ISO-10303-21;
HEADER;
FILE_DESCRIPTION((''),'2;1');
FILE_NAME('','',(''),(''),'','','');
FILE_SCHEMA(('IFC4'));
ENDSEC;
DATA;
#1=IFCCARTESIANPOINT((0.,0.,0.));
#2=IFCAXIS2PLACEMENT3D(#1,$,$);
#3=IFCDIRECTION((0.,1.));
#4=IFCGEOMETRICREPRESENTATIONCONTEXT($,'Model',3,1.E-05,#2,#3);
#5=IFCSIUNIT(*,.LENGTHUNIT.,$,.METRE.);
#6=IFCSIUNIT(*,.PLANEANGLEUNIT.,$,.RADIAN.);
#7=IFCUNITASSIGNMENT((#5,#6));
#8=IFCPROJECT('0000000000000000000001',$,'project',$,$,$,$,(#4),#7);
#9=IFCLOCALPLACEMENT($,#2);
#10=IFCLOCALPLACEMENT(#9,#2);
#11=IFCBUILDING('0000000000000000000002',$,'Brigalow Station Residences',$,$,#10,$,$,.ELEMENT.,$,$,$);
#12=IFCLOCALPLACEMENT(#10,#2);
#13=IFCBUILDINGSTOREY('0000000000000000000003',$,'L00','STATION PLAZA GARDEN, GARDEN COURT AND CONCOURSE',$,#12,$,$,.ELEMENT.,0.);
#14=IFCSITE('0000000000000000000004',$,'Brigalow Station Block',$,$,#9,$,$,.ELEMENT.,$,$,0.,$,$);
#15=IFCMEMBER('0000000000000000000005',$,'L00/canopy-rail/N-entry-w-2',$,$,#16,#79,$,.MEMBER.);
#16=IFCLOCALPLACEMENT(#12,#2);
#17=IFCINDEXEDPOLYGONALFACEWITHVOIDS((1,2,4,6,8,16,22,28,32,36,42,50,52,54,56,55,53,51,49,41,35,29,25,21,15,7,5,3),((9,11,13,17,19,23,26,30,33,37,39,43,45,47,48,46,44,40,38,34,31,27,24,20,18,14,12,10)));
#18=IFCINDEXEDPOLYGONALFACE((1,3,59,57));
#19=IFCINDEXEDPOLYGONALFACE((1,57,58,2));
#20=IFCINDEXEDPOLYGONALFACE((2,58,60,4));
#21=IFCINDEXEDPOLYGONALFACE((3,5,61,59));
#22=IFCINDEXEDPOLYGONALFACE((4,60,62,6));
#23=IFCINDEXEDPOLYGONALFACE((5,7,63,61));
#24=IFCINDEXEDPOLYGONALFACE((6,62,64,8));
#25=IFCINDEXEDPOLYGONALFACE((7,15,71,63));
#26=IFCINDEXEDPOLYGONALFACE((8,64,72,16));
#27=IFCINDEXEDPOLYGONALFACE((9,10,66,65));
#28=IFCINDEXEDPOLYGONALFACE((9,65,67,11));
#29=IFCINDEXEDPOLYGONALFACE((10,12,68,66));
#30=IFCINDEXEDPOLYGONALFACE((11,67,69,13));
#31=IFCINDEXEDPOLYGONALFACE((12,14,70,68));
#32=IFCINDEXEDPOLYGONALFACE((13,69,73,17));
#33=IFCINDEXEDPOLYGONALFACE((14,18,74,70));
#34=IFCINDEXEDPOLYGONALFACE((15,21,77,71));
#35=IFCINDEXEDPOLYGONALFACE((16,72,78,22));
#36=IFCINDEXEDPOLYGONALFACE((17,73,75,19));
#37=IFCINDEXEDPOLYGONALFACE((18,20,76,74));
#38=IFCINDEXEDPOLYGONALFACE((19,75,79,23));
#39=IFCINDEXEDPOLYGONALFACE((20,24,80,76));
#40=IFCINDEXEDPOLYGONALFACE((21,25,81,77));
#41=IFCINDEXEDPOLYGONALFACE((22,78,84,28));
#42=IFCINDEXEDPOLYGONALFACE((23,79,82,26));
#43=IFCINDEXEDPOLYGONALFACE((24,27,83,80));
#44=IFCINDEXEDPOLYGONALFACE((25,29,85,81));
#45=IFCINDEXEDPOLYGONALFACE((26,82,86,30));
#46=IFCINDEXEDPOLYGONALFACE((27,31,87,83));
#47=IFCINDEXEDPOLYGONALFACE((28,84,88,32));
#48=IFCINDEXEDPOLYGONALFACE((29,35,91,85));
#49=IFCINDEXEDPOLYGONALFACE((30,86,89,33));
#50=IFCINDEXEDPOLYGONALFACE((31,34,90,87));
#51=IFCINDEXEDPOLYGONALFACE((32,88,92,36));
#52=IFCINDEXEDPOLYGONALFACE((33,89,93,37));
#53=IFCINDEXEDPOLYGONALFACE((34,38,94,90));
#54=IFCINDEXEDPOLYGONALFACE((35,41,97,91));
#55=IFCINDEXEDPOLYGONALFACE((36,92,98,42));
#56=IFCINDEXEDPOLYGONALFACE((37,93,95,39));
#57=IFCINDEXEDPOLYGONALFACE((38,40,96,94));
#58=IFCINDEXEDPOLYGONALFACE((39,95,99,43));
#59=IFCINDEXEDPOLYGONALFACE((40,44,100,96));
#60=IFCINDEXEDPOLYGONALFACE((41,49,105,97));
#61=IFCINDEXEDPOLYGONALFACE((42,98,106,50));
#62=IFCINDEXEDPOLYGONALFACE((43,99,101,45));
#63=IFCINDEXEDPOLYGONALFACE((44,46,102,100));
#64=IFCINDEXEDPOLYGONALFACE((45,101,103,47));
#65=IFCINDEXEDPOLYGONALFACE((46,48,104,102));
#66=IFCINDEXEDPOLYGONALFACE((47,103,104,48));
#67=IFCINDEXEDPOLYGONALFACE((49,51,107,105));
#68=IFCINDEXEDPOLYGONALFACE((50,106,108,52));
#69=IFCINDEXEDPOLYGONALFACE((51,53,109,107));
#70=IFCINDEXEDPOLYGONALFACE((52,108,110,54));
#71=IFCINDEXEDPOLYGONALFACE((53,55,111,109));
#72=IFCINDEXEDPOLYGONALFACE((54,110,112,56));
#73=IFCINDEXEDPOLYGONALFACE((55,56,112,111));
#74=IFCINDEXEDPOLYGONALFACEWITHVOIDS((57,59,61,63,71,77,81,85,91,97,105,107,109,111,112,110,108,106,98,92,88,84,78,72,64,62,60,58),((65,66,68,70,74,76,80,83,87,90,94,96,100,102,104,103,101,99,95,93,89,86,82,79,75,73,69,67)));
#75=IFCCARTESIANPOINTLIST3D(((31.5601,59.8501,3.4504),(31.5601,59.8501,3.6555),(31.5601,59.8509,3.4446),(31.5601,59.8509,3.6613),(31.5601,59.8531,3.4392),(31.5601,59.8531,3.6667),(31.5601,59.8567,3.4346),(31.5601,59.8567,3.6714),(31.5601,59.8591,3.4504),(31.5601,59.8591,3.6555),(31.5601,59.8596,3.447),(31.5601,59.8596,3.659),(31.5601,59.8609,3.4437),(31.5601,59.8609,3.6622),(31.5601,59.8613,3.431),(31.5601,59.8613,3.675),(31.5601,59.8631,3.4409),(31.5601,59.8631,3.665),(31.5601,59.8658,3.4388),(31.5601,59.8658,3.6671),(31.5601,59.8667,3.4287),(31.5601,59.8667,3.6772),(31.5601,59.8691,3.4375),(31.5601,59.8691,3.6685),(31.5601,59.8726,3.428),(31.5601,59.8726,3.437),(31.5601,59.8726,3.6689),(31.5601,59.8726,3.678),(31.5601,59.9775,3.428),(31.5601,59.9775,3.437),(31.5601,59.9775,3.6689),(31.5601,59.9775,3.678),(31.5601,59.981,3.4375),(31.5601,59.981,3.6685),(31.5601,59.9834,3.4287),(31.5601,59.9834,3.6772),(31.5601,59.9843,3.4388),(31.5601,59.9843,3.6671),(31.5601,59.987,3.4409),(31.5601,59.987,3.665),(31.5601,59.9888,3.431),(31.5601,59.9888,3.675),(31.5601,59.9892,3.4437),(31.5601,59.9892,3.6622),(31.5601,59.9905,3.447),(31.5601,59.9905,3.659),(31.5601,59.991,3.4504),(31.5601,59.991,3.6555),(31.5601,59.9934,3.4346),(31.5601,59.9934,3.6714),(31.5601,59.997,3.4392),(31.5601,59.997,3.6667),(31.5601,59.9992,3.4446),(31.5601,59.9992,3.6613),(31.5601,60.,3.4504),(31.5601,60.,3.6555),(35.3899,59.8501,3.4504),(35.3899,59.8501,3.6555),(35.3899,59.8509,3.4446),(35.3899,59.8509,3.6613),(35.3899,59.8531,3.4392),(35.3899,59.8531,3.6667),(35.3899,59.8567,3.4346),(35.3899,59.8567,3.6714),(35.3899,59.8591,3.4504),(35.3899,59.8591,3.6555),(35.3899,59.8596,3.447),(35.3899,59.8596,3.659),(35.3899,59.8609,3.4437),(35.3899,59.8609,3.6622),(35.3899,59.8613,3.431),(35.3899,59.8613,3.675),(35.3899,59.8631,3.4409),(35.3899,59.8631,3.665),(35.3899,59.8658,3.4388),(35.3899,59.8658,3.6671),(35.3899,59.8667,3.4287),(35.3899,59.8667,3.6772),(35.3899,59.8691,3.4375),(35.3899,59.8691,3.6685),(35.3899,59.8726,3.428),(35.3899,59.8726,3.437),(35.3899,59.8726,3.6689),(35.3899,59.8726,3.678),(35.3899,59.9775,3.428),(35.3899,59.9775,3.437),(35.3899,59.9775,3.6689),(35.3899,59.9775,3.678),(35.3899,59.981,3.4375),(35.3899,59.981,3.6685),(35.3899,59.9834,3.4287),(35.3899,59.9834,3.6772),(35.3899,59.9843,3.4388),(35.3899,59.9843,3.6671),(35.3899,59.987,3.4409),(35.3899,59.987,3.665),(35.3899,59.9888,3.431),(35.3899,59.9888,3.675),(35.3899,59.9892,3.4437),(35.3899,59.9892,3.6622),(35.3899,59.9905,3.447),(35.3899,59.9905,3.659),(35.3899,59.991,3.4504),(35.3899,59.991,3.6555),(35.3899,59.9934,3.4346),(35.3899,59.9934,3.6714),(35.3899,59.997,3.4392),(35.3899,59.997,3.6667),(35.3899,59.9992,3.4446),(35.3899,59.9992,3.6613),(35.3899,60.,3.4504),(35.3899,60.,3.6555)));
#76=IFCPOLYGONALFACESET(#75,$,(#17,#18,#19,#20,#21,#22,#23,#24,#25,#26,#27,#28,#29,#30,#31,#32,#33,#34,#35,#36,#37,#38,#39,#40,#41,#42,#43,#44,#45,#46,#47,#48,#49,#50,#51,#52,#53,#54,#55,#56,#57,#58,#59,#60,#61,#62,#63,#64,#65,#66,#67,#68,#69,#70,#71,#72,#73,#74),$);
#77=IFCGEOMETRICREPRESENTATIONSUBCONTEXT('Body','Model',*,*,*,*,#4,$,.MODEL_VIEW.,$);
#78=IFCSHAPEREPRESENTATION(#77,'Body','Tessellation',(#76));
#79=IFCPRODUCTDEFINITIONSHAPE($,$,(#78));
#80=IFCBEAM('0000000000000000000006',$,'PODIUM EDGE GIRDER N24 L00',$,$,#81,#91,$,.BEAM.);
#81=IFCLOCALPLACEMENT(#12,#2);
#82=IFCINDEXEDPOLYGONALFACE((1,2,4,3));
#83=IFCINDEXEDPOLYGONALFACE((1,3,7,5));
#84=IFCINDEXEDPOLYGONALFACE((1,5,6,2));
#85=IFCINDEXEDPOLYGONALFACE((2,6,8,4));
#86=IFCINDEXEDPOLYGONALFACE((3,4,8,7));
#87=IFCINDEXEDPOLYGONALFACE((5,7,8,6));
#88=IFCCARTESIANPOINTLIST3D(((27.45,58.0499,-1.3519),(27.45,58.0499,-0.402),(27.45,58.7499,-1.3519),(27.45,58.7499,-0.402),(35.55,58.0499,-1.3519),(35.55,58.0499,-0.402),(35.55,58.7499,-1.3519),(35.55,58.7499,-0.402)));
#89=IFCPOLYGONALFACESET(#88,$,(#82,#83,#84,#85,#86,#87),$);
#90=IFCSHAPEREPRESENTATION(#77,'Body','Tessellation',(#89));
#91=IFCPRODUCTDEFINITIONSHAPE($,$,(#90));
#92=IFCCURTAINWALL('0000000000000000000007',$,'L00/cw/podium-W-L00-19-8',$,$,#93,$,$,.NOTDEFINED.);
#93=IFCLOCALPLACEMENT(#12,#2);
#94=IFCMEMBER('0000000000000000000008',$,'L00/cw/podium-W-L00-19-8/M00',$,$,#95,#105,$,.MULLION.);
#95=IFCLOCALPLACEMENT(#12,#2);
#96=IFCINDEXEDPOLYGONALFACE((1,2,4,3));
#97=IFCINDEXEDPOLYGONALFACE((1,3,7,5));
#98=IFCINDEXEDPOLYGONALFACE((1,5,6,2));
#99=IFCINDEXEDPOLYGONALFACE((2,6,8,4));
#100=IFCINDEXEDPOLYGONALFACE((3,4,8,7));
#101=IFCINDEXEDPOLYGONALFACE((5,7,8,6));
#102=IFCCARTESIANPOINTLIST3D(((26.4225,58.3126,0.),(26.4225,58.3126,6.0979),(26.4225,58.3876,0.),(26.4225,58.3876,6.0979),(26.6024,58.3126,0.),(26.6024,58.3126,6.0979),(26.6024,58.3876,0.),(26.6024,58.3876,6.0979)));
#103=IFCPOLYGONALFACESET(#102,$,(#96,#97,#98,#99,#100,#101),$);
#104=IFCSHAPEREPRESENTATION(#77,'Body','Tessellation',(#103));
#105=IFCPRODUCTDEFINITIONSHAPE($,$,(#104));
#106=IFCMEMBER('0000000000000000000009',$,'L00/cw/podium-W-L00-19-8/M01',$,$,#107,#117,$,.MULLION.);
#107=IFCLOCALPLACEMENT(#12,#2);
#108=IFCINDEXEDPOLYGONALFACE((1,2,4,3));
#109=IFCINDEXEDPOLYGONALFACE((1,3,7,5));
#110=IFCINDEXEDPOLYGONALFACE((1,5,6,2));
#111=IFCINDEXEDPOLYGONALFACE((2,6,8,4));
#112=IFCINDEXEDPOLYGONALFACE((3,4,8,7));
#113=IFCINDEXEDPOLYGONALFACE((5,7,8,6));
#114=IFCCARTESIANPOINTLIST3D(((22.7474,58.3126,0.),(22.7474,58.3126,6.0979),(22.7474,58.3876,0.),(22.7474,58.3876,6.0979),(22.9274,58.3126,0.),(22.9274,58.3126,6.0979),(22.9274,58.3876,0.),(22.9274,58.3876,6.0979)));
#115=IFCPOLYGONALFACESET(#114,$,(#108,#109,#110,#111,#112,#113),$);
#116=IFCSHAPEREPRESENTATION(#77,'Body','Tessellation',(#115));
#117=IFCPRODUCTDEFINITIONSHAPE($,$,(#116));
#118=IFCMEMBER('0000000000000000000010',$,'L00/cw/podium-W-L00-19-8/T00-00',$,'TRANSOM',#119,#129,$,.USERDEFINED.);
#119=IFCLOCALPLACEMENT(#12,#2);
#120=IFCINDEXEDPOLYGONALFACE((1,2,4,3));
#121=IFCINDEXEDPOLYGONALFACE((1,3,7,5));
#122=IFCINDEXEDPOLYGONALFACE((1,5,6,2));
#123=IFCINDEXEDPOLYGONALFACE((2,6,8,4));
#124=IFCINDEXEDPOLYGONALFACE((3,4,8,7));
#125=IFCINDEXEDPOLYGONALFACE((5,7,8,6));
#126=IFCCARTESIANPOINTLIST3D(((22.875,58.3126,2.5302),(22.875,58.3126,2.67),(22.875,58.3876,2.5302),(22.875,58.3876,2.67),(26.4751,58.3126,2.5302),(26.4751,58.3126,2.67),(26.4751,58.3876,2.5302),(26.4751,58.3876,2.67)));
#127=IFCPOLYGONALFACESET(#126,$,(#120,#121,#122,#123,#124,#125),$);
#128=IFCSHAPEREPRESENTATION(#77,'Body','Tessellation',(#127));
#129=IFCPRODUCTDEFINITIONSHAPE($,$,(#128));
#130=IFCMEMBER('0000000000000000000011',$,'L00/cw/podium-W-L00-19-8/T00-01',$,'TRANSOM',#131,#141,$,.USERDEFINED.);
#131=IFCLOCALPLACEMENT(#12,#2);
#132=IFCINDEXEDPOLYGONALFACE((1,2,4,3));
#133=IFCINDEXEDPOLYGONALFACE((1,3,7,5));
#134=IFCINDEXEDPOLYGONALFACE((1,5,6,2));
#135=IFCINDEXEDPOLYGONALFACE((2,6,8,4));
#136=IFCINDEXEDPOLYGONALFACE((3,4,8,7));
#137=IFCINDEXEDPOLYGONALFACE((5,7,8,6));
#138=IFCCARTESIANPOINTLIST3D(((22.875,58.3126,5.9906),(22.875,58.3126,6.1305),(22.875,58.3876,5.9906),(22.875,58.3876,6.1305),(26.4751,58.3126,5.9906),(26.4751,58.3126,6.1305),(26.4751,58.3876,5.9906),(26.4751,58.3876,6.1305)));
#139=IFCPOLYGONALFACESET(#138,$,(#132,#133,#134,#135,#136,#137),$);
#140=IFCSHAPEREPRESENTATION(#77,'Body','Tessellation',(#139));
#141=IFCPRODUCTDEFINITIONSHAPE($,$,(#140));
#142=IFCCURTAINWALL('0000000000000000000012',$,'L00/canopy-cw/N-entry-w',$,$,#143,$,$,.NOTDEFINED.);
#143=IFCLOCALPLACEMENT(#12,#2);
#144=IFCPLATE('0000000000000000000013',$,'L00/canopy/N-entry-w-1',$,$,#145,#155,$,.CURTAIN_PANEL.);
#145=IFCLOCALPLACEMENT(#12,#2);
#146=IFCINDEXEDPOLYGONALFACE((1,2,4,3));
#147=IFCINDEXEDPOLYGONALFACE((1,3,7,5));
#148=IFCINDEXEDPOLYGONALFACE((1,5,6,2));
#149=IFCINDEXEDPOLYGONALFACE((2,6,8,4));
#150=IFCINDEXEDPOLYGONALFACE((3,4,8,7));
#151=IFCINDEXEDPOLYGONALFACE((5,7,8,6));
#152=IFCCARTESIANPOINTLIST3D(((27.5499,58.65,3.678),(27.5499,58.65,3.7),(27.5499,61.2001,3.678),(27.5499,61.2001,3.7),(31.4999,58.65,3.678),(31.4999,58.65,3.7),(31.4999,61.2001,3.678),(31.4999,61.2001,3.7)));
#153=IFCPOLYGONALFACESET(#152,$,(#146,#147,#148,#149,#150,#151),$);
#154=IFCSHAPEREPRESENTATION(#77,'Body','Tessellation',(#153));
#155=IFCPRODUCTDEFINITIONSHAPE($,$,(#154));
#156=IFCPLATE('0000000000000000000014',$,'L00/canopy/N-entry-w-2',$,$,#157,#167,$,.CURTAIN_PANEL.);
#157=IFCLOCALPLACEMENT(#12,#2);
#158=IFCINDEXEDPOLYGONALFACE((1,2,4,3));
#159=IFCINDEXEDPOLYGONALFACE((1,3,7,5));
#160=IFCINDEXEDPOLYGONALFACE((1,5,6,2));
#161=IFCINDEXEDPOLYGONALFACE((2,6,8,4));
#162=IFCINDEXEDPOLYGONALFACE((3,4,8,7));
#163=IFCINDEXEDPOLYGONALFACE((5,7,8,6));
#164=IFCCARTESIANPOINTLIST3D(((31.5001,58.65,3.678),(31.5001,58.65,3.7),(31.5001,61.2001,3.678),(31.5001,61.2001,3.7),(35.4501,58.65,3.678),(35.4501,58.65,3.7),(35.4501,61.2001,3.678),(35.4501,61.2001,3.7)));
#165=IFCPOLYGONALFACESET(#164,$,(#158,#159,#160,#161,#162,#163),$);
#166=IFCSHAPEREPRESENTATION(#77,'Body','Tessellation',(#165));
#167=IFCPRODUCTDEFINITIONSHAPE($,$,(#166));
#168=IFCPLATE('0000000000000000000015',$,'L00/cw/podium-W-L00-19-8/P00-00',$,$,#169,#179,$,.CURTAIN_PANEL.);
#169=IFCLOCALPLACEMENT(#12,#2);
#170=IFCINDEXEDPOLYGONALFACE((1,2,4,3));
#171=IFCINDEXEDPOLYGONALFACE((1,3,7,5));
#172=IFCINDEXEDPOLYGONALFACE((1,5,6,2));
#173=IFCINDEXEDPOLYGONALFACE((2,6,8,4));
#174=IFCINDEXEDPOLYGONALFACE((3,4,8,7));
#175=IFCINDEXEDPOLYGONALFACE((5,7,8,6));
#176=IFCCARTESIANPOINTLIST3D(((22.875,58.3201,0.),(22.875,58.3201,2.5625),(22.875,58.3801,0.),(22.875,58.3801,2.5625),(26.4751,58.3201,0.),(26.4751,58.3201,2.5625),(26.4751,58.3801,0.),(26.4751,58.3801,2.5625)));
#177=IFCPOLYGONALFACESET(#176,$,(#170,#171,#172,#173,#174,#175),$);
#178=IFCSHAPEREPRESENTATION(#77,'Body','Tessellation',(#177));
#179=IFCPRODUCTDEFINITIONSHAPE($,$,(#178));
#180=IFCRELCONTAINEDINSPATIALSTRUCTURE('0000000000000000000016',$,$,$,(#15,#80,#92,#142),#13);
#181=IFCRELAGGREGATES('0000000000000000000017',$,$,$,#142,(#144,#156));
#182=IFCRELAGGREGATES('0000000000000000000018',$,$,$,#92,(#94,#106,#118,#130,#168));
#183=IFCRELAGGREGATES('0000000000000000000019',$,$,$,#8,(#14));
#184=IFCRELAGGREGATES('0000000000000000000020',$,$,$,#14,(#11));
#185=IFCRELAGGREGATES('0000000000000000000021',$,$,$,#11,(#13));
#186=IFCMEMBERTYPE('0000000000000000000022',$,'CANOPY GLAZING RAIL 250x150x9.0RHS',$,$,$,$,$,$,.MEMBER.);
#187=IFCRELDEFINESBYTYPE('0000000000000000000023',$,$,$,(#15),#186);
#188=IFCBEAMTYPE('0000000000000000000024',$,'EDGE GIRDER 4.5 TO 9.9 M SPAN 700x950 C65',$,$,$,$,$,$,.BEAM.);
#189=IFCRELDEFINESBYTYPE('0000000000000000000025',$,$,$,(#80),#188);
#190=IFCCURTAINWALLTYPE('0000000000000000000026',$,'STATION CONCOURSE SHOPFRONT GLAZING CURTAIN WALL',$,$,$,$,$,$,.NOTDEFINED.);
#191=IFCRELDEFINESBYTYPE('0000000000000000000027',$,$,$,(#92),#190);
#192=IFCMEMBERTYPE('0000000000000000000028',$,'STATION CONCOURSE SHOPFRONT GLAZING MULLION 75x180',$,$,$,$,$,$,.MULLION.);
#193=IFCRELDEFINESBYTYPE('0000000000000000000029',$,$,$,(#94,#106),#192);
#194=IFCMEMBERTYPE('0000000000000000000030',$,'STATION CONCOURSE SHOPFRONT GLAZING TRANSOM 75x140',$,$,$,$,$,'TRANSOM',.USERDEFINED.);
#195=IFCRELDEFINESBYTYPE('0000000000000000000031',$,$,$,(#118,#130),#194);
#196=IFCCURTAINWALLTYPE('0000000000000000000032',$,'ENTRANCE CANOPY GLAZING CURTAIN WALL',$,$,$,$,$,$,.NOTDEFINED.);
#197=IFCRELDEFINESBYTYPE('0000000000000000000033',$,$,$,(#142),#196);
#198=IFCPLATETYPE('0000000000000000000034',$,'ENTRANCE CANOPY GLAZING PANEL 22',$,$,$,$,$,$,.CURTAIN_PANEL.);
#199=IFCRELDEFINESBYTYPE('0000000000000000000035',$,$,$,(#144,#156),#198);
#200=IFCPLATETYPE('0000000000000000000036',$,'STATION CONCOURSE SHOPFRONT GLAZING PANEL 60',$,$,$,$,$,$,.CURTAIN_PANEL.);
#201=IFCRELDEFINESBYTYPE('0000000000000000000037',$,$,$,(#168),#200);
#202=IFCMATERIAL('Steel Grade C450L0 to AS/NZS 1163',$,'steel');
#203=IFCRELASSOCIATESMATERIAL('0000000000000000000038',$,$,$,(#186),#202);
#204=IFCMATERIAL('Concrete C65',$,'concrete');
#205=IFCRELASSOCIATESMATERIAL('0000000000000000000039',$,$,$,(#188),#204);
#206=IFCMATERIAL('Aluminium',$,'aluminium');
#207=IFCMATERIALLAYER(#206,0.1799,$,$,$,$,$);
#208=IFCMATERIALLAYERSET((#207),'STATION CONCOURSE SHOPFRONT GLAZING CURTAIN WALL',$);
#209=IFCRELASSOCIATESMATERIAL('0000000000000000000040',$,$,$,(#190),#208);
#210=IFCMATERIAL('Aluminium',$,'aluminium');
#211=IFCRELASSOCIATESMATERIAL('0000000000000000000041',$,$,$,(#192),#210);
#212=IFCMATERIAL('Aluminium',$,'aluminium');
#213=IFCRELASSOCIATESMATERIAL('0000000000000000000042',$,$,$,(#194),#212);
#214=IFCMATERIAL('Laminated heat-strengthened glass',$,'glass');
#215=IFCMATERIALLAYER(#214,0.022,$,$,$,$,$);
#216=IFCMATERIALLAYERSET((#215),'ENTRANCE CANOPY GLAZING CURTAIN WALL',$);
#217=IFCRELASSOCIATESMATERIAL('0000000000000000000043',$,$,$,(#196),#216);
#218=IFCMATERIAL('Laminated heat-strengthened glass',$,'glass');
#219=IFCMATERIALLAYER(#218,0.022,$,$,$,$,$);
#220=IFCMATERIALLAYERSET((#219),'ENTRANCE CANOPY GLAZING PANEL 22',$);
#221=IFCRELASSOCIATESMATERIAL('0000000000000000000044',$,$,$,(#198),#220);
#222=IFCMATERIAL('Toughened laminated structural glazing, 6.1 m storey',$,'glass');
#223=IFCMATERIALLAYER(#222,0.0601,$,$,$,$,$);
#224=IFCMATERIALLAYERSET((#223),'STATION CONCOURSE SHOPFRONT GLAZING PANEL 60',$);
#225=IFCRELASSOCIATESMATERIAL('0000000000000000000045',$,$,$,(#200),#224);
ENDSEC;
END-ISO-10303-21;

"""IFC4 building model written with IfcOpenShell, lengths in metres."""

from ifc_helpers import new_model, si_unit, direction, frame, origin, origin_2d, place, context, subcontext, project, spatial, rectangle, hollow_rectangle, extrude, material, layer, layer_set, material_profile, profile_set, type_object, element, aggregate, save


model = new_model("IFC4")

# Units and contexts
model_context = context("Model", 3, precision=1e-05, world=origin(), true_north=direction((0.0, 1.0)))
body_context = subcontext(model_context, "Body", "Model", "MODEL_VIEW")
ifc_project = project(units=[si_unit("LENGTHUNIT", "METRE"), si_unit("PLANEANGLEUNIT", "RADIAN")], contexts=[model_context])

# Site, building, storey
site_placement = place(None, origin())
site = spatial("IfcSite", under=ifc_project, at=site_placement, Name="Brigalow Station Block", CompositionType="ELEMENT", RefElevation=0.0)
building_placement = place(site_placement, origin())
building = spatial("IfcBuilding", under=site, at=building_placement, Name="Brigalow Station Residences", CompositionType="ELEMENT")
storey_placement = place(building_placement, origin())
storey = spatial("IfcBuildingStorey", under=building, at=storey_placement, Name="L00", Description="STATION PLAZA GARDEN, GARDEN COURT AND CONCOURSE", CompositionType="ELEMENT", Elevation=0.0)

# Member
ifc_material_1 = material(Name="Steel Grade C450L0 to AS/NZS 1163", Category="steel")
ifc_material_profile_1 = material_profile(ifc_material_1, hollow_rectangle(XDim=0.1499, YDim=0.25, WallThickness=0.009, InnerFilletRadius=0.0134, OuterFilletRadius=0.0225, at=origin_2d()), Name="250x150x9.0RHS")
ifc_profile_set_1 = profile_set([ifc_material_profile_1], Name="Steel Grade C450L0 to AS/NZS 1163")
member_type_1 = type_object("IfcMemberType", Name="CANOPY GLAZING RAIL 250x150x9.0RHS", PredefinedType="MEMBER", material=ifc_profile_set_1)
for number, where, z_axis, x_axis, name in (
    (1, (31.5601, 59.925, 3.553), (1.0, 0.0, 0.0), (0.0, 1.0, 0.0), "L00/canopy-rail/N-entry-w-2"),
):
    element("IfcMember", number, at=place(storey_placement, frame(where, z_axis=z_axis, x_axis=x_axis)), inside=storey, type_object=member_type_1, Name=name, PredefinedType="MEMBER", context=body_context, shape_type="SweptSolid", body=[
        extrude(hollow_rectangle(XDim=0.1499, YDim=0.25, WallThickness=0.009, InnerFilletRadius=0.0134, OuterFilletRadius=0.0225, at=origin_2d()), origin(), (0.0, 0.0, 1.0), 3.8298),
    ])

# Beam
ifc_material_2 = material(Name="Concrete C65", Category="concrete")
ifc_material_profile_2 = material_profile(ifc_material_2, rectangle(XDim=0.7, YDim=0.95, at=origin_2d()), Name="RC700x950")
ifc_profile_set_2 = profile_set([ifc_material_profile_2], Name="Concrete C65")
beam_type_1 = type_object("IfcBeamType", Name="EDGE GIRDER 4.5 TO 9.9 M SPAN 700x950 C65", PredefinedType="BEAM", material=ifc_profile_set_2)
beam_1_placement = place(storey_placement, frame((27.45, 58.3999, -0.877), z_axis=(1.0, 0.0, 0.0), x_axis=(0.0, 1.0, 0.0)))
element("IfcBeam", 2, at=beam_1_placement, inside=storey, type_object=beam_type_1, Name="PODIUM EDGE GIRDER N24 L00", PredefinedType="BEAM", context=body_context, shape_type="SweptSolid", body=[
    extrude(rectangle(XDim=0.7, YDim=0.95, at=origin_2d()), origin(), (0.0, 0.0, 1.0), 8.1001),
])

# Curtain wall, members
ifc_material_3 = material(Name="Aluminium", Category="aluminium")
ifc_layer_1 = layer(ifc_material_3, 0.1799)
ifc_layer_set_1 = layer_set([ifc_layer_1], Name="STATION CONCOURSE SHOPFRONT GLAZING CURTAIN WALL")
curtain_wall_type_1 = type_object("IfcCurtainWallType", Name="STATION CONCOURSE SHOPFRONT GLAZING CURTAIN WALL", PredefinedType="NOTDEFINED", material=ifc_layer_set_1)
curtain_wall_1_placement = place(storey_placement, origin())
curtain_wall_1 = element("IfcCurtainWall", 3, at=curtain_wall_1_placement, inside=storey, type_object=curtain_wall_type_1, Name="L00/cw/podium-W-L00-19-8", PredefinedType="NOTDEFINED")
ifc_material_4 = material(Name="Aluminium", Category="aluminium")
ifc_material_profile_3 = material_profile(ifc_material_4, rectangle(XDim=0.075, YDim=0.1799, at=origin_2d()), Name="STATION CONCOURSE SHOPFRONT GLAZING MULLION 75x180")
ifc_profile_set_3 = profile_set([ifc_material_profile_3], Name="Aluminium")
member_type_2 = type_object("IfcMemberType", Name="STATION CONCOURSE SHOPFRONT GLAZING MULLION 75x180", PredefinedType="MULLION", material=ifc_profile_set_3)
member_1_placement = place(storey_placement, frame((26.5125, 58.3501, 0.0), z_axis=(0.0, 0.0, 1.0), x_axis=(0.0, -1.0, 0.0)))
member_1 = element("IfcMember", 4, at=member_1_placement, type_object=member_type_2, Name="L00/cw/podium-W-L00-19-8/M00", PredefinedType="MULLION", context=body_context, shape_type="SweptSolid", body=[
    extrude(rectangle(XDim=0.075, YDim=0.1799, at=origin_2d()), origin(), (0.0, 0.0, 1.0), 6.0979),
])
member_2_placement = place(storey_placement, frame((22.8374, 58.3501, 0.0), z_axis=(0.0, 0.0, 1.0), x_axis=(0.0, -1.0, 0.0)))
member_2 = element("IfcMember", 5, at=member_2_placement, type_object=member_type_2, Name="L00/cw/podium-W-L00-19-8/M01", PredefinedType="MULLION", context=body_context, shape_type="SweptSolid", body=[
    extrude(rectangle(XDim=0.075, YDim=0.1799, at=origin_2d()), origin(), (0.0, 0.0, 1.0), 6.0979),
])
ifc_material_5 = material(Name="Aluminium", Category="aluminium")
ifc_material_profile_4 = material_profile(ifc_material_5, rectangle(XDim=0.075, YDim=0.1399, at=origin_2d()), Name="STATION CONCOURSE SHOPFRONT GLAZING TRANSOM 75x140")
ifc_profile_set_4 = profile_set([ifc_material_profile_4], Name="Aluminium")
member_type_3 = type_object("IfcMemberType", Name="STATION CONCOURSE SHOPFRONT GLAZING TRANSOM 75x140", ElementType="TRANSOM", PredefinedType="USERDEFINED", material=ifc_profile_set_4)
member_3_placement = place(storey_placement, frame((26.4751, 58.3501, 2.6001), z_axis=(-1.0, 0.0, 0.0), x_axis=(0.0, -1.0, 0.0)))
member_3 = element("IfcMember", 6, at=member_3_placement, type_object=member_type_3, Name="L00/cw/podium-W-L00-19-8/T00-00", ObjectType="TRANSOM", PredefinedType="USERDEFINED", context=body_context, shape_type="SweptSolid", body=[
    extrude(rectangle(XDim=0.075, YDim=0.1399, at=origin_2d()), origin(), (0.0, 0.0, 1.0), 3.6001),
])
member_4_placement = place(storey_placement, frame((26.4751, 58.3501, 6.0605), z_axis=(-1.0, 0.0, 0.0), x_axis=(0.0, -1.0, 0.0)))
member_4 = element("IfcMember", 7, at=member_4_placement, type_object=member_type_3, Name="L00/cw/podium-W-L00-19-8/T00-01", ObjectType="TRANSOM", PredefinedType="USERDEFINED", context=body_context, shape_type="SweptSolid", body=[
    extrude(rectangle(XDim=0.075, YDim=0.1399, at=origin_2d()), origin(), (0.0, 0.0, 1.0), 3.6001),
])

# Curtain wall, plates
ifc_material_6 = material(Name="Laminated heat-strengthened glass", Category="glass")
ifc_layer_2 = layer(ifc_material_6, 0.022)
ifc_layer_set_2 = layer_set([ifc_layer_2], Name="ENTRANCE CANOPY GLAZING CURTAIN WALL")
curtain_wall_type_2 = type_object("IfcCurtainWallType", Name="ENTRANCE CANOPY GLAZING CURTAIN WALL", PredefinedType="NOTDEFINED", material=ifc_layer_set_2)
curtain_wall_2_placement = place(storey_placement, origin())
curtain_wall_2 = element("IfcCurtainWall", 8, at=curtain_wall_2_placement, inside=storey, type_object=curtain_wall_type_2, Name="L00/canopy-cw/N-entry-w", PredefinedType="NOTDEFINED")
ifc_material_7 = material(Name="Laminated heat-strengthened glass", Category="glass")
ifc_layer_3 = layer(ifc_material_7, 0.022)
ifc_layer_set_3 = layer_set([ifc_layer_3], Name="ENTRANCE CANOPY GLAZING PANEL 22")
plate_type_1 = type_object("IfcPlateType", Name="ENTRANCE CANOPY GLAZING PANEL 22", PredefinedType="CURTAIN_PANEL", material=ifc_layer_set_3)
plate_1_placement = place(storey_placement, frame((29.5249, 59.925, 3.678), z_axis=(0.0, 0.0, 1.0), x_axis=(1.0, 0.0, 0.0)))
plate_1 = element("IfcPlate", 9, at=plate_1_placement, type_object=plate_type_1, Name="L00/canopy/N-entry-w-1", PredefinedType="CURTAIN_PANEL", context=body_context, shape_type="SweptSolid", body=[
    extrude(rectangle(XDim=3.95, YDim=2.55, at=origin_2d()), origin(), (0.0, 0.0, 1.0), 0.022),
])
plate_2_placement = place(storey_placement, frame((33.4751, 59.925, 3.678), z_axis=(0.0, 0.0, 1.0), x_axis=(1.0, 0.0, 0.0)))
plate_2 = element("IfcPlate", 10, at=plate_2_placement, type_object=plate_type_1, Name="L00/canopy/N-entry-w-2", PredefinedType="CURTAIN_PANEL", context=body_context, shape_type="SweptSolid", body=[
    extrude(rectangle(XDim=3.95, YDim=2.55, at=origin_2d()), origin(), (0.0, 0.0, 1.0), 0.022),
])
aggregate(curtain_wall_2, [plate_1, plate_2])

# Plate
ifc_material_8 = material(Name="Toughened laminated structural glazing, 6.1 m storey", Category="glass")
ifc_layer_4 = layer(ifc_material_8, 0.0601)
ifc_layer_set_4 = layer_set([ifc_layer_4], Name="STATION CONCOURSE SHOPFRONT GLAZING PANEL 60")
plate_type_2 = type_object("IfcPlateType", Name="STATION CONCOURSE SHOPFRONT GLAZING PANEL 60", PredefinedType="CURTAIN_PANEL", material=ifc_layer_set_4)
plate_3_placement = place(storey_placement, frame((24.675, 58.3501, 0.0), z_axis=(0.0, 0.0, 1.0), x_axis=(-1.0, 0.0, 0.0)))
plate_3 = element("IfcPlate", 11, at=plate_3_placement, type_object=plate_type_2, Name="L00/cw/podium-W-L00-19-8/P00-00", PredefinedType="CURTAIN_PANEL", context=body_context, shape_type="SweptSolid", body=[
    extrude(rectangle(XDim=3.6001, YDim=0.0601, at=origin_2d()), origin(), (0.0, 0.0, 1.0), 2.5625),
])
aggregate(curtain_wall_1, [member_1, member_2, member_3, member_4, plate_3])

save(model, "model.ifc")
